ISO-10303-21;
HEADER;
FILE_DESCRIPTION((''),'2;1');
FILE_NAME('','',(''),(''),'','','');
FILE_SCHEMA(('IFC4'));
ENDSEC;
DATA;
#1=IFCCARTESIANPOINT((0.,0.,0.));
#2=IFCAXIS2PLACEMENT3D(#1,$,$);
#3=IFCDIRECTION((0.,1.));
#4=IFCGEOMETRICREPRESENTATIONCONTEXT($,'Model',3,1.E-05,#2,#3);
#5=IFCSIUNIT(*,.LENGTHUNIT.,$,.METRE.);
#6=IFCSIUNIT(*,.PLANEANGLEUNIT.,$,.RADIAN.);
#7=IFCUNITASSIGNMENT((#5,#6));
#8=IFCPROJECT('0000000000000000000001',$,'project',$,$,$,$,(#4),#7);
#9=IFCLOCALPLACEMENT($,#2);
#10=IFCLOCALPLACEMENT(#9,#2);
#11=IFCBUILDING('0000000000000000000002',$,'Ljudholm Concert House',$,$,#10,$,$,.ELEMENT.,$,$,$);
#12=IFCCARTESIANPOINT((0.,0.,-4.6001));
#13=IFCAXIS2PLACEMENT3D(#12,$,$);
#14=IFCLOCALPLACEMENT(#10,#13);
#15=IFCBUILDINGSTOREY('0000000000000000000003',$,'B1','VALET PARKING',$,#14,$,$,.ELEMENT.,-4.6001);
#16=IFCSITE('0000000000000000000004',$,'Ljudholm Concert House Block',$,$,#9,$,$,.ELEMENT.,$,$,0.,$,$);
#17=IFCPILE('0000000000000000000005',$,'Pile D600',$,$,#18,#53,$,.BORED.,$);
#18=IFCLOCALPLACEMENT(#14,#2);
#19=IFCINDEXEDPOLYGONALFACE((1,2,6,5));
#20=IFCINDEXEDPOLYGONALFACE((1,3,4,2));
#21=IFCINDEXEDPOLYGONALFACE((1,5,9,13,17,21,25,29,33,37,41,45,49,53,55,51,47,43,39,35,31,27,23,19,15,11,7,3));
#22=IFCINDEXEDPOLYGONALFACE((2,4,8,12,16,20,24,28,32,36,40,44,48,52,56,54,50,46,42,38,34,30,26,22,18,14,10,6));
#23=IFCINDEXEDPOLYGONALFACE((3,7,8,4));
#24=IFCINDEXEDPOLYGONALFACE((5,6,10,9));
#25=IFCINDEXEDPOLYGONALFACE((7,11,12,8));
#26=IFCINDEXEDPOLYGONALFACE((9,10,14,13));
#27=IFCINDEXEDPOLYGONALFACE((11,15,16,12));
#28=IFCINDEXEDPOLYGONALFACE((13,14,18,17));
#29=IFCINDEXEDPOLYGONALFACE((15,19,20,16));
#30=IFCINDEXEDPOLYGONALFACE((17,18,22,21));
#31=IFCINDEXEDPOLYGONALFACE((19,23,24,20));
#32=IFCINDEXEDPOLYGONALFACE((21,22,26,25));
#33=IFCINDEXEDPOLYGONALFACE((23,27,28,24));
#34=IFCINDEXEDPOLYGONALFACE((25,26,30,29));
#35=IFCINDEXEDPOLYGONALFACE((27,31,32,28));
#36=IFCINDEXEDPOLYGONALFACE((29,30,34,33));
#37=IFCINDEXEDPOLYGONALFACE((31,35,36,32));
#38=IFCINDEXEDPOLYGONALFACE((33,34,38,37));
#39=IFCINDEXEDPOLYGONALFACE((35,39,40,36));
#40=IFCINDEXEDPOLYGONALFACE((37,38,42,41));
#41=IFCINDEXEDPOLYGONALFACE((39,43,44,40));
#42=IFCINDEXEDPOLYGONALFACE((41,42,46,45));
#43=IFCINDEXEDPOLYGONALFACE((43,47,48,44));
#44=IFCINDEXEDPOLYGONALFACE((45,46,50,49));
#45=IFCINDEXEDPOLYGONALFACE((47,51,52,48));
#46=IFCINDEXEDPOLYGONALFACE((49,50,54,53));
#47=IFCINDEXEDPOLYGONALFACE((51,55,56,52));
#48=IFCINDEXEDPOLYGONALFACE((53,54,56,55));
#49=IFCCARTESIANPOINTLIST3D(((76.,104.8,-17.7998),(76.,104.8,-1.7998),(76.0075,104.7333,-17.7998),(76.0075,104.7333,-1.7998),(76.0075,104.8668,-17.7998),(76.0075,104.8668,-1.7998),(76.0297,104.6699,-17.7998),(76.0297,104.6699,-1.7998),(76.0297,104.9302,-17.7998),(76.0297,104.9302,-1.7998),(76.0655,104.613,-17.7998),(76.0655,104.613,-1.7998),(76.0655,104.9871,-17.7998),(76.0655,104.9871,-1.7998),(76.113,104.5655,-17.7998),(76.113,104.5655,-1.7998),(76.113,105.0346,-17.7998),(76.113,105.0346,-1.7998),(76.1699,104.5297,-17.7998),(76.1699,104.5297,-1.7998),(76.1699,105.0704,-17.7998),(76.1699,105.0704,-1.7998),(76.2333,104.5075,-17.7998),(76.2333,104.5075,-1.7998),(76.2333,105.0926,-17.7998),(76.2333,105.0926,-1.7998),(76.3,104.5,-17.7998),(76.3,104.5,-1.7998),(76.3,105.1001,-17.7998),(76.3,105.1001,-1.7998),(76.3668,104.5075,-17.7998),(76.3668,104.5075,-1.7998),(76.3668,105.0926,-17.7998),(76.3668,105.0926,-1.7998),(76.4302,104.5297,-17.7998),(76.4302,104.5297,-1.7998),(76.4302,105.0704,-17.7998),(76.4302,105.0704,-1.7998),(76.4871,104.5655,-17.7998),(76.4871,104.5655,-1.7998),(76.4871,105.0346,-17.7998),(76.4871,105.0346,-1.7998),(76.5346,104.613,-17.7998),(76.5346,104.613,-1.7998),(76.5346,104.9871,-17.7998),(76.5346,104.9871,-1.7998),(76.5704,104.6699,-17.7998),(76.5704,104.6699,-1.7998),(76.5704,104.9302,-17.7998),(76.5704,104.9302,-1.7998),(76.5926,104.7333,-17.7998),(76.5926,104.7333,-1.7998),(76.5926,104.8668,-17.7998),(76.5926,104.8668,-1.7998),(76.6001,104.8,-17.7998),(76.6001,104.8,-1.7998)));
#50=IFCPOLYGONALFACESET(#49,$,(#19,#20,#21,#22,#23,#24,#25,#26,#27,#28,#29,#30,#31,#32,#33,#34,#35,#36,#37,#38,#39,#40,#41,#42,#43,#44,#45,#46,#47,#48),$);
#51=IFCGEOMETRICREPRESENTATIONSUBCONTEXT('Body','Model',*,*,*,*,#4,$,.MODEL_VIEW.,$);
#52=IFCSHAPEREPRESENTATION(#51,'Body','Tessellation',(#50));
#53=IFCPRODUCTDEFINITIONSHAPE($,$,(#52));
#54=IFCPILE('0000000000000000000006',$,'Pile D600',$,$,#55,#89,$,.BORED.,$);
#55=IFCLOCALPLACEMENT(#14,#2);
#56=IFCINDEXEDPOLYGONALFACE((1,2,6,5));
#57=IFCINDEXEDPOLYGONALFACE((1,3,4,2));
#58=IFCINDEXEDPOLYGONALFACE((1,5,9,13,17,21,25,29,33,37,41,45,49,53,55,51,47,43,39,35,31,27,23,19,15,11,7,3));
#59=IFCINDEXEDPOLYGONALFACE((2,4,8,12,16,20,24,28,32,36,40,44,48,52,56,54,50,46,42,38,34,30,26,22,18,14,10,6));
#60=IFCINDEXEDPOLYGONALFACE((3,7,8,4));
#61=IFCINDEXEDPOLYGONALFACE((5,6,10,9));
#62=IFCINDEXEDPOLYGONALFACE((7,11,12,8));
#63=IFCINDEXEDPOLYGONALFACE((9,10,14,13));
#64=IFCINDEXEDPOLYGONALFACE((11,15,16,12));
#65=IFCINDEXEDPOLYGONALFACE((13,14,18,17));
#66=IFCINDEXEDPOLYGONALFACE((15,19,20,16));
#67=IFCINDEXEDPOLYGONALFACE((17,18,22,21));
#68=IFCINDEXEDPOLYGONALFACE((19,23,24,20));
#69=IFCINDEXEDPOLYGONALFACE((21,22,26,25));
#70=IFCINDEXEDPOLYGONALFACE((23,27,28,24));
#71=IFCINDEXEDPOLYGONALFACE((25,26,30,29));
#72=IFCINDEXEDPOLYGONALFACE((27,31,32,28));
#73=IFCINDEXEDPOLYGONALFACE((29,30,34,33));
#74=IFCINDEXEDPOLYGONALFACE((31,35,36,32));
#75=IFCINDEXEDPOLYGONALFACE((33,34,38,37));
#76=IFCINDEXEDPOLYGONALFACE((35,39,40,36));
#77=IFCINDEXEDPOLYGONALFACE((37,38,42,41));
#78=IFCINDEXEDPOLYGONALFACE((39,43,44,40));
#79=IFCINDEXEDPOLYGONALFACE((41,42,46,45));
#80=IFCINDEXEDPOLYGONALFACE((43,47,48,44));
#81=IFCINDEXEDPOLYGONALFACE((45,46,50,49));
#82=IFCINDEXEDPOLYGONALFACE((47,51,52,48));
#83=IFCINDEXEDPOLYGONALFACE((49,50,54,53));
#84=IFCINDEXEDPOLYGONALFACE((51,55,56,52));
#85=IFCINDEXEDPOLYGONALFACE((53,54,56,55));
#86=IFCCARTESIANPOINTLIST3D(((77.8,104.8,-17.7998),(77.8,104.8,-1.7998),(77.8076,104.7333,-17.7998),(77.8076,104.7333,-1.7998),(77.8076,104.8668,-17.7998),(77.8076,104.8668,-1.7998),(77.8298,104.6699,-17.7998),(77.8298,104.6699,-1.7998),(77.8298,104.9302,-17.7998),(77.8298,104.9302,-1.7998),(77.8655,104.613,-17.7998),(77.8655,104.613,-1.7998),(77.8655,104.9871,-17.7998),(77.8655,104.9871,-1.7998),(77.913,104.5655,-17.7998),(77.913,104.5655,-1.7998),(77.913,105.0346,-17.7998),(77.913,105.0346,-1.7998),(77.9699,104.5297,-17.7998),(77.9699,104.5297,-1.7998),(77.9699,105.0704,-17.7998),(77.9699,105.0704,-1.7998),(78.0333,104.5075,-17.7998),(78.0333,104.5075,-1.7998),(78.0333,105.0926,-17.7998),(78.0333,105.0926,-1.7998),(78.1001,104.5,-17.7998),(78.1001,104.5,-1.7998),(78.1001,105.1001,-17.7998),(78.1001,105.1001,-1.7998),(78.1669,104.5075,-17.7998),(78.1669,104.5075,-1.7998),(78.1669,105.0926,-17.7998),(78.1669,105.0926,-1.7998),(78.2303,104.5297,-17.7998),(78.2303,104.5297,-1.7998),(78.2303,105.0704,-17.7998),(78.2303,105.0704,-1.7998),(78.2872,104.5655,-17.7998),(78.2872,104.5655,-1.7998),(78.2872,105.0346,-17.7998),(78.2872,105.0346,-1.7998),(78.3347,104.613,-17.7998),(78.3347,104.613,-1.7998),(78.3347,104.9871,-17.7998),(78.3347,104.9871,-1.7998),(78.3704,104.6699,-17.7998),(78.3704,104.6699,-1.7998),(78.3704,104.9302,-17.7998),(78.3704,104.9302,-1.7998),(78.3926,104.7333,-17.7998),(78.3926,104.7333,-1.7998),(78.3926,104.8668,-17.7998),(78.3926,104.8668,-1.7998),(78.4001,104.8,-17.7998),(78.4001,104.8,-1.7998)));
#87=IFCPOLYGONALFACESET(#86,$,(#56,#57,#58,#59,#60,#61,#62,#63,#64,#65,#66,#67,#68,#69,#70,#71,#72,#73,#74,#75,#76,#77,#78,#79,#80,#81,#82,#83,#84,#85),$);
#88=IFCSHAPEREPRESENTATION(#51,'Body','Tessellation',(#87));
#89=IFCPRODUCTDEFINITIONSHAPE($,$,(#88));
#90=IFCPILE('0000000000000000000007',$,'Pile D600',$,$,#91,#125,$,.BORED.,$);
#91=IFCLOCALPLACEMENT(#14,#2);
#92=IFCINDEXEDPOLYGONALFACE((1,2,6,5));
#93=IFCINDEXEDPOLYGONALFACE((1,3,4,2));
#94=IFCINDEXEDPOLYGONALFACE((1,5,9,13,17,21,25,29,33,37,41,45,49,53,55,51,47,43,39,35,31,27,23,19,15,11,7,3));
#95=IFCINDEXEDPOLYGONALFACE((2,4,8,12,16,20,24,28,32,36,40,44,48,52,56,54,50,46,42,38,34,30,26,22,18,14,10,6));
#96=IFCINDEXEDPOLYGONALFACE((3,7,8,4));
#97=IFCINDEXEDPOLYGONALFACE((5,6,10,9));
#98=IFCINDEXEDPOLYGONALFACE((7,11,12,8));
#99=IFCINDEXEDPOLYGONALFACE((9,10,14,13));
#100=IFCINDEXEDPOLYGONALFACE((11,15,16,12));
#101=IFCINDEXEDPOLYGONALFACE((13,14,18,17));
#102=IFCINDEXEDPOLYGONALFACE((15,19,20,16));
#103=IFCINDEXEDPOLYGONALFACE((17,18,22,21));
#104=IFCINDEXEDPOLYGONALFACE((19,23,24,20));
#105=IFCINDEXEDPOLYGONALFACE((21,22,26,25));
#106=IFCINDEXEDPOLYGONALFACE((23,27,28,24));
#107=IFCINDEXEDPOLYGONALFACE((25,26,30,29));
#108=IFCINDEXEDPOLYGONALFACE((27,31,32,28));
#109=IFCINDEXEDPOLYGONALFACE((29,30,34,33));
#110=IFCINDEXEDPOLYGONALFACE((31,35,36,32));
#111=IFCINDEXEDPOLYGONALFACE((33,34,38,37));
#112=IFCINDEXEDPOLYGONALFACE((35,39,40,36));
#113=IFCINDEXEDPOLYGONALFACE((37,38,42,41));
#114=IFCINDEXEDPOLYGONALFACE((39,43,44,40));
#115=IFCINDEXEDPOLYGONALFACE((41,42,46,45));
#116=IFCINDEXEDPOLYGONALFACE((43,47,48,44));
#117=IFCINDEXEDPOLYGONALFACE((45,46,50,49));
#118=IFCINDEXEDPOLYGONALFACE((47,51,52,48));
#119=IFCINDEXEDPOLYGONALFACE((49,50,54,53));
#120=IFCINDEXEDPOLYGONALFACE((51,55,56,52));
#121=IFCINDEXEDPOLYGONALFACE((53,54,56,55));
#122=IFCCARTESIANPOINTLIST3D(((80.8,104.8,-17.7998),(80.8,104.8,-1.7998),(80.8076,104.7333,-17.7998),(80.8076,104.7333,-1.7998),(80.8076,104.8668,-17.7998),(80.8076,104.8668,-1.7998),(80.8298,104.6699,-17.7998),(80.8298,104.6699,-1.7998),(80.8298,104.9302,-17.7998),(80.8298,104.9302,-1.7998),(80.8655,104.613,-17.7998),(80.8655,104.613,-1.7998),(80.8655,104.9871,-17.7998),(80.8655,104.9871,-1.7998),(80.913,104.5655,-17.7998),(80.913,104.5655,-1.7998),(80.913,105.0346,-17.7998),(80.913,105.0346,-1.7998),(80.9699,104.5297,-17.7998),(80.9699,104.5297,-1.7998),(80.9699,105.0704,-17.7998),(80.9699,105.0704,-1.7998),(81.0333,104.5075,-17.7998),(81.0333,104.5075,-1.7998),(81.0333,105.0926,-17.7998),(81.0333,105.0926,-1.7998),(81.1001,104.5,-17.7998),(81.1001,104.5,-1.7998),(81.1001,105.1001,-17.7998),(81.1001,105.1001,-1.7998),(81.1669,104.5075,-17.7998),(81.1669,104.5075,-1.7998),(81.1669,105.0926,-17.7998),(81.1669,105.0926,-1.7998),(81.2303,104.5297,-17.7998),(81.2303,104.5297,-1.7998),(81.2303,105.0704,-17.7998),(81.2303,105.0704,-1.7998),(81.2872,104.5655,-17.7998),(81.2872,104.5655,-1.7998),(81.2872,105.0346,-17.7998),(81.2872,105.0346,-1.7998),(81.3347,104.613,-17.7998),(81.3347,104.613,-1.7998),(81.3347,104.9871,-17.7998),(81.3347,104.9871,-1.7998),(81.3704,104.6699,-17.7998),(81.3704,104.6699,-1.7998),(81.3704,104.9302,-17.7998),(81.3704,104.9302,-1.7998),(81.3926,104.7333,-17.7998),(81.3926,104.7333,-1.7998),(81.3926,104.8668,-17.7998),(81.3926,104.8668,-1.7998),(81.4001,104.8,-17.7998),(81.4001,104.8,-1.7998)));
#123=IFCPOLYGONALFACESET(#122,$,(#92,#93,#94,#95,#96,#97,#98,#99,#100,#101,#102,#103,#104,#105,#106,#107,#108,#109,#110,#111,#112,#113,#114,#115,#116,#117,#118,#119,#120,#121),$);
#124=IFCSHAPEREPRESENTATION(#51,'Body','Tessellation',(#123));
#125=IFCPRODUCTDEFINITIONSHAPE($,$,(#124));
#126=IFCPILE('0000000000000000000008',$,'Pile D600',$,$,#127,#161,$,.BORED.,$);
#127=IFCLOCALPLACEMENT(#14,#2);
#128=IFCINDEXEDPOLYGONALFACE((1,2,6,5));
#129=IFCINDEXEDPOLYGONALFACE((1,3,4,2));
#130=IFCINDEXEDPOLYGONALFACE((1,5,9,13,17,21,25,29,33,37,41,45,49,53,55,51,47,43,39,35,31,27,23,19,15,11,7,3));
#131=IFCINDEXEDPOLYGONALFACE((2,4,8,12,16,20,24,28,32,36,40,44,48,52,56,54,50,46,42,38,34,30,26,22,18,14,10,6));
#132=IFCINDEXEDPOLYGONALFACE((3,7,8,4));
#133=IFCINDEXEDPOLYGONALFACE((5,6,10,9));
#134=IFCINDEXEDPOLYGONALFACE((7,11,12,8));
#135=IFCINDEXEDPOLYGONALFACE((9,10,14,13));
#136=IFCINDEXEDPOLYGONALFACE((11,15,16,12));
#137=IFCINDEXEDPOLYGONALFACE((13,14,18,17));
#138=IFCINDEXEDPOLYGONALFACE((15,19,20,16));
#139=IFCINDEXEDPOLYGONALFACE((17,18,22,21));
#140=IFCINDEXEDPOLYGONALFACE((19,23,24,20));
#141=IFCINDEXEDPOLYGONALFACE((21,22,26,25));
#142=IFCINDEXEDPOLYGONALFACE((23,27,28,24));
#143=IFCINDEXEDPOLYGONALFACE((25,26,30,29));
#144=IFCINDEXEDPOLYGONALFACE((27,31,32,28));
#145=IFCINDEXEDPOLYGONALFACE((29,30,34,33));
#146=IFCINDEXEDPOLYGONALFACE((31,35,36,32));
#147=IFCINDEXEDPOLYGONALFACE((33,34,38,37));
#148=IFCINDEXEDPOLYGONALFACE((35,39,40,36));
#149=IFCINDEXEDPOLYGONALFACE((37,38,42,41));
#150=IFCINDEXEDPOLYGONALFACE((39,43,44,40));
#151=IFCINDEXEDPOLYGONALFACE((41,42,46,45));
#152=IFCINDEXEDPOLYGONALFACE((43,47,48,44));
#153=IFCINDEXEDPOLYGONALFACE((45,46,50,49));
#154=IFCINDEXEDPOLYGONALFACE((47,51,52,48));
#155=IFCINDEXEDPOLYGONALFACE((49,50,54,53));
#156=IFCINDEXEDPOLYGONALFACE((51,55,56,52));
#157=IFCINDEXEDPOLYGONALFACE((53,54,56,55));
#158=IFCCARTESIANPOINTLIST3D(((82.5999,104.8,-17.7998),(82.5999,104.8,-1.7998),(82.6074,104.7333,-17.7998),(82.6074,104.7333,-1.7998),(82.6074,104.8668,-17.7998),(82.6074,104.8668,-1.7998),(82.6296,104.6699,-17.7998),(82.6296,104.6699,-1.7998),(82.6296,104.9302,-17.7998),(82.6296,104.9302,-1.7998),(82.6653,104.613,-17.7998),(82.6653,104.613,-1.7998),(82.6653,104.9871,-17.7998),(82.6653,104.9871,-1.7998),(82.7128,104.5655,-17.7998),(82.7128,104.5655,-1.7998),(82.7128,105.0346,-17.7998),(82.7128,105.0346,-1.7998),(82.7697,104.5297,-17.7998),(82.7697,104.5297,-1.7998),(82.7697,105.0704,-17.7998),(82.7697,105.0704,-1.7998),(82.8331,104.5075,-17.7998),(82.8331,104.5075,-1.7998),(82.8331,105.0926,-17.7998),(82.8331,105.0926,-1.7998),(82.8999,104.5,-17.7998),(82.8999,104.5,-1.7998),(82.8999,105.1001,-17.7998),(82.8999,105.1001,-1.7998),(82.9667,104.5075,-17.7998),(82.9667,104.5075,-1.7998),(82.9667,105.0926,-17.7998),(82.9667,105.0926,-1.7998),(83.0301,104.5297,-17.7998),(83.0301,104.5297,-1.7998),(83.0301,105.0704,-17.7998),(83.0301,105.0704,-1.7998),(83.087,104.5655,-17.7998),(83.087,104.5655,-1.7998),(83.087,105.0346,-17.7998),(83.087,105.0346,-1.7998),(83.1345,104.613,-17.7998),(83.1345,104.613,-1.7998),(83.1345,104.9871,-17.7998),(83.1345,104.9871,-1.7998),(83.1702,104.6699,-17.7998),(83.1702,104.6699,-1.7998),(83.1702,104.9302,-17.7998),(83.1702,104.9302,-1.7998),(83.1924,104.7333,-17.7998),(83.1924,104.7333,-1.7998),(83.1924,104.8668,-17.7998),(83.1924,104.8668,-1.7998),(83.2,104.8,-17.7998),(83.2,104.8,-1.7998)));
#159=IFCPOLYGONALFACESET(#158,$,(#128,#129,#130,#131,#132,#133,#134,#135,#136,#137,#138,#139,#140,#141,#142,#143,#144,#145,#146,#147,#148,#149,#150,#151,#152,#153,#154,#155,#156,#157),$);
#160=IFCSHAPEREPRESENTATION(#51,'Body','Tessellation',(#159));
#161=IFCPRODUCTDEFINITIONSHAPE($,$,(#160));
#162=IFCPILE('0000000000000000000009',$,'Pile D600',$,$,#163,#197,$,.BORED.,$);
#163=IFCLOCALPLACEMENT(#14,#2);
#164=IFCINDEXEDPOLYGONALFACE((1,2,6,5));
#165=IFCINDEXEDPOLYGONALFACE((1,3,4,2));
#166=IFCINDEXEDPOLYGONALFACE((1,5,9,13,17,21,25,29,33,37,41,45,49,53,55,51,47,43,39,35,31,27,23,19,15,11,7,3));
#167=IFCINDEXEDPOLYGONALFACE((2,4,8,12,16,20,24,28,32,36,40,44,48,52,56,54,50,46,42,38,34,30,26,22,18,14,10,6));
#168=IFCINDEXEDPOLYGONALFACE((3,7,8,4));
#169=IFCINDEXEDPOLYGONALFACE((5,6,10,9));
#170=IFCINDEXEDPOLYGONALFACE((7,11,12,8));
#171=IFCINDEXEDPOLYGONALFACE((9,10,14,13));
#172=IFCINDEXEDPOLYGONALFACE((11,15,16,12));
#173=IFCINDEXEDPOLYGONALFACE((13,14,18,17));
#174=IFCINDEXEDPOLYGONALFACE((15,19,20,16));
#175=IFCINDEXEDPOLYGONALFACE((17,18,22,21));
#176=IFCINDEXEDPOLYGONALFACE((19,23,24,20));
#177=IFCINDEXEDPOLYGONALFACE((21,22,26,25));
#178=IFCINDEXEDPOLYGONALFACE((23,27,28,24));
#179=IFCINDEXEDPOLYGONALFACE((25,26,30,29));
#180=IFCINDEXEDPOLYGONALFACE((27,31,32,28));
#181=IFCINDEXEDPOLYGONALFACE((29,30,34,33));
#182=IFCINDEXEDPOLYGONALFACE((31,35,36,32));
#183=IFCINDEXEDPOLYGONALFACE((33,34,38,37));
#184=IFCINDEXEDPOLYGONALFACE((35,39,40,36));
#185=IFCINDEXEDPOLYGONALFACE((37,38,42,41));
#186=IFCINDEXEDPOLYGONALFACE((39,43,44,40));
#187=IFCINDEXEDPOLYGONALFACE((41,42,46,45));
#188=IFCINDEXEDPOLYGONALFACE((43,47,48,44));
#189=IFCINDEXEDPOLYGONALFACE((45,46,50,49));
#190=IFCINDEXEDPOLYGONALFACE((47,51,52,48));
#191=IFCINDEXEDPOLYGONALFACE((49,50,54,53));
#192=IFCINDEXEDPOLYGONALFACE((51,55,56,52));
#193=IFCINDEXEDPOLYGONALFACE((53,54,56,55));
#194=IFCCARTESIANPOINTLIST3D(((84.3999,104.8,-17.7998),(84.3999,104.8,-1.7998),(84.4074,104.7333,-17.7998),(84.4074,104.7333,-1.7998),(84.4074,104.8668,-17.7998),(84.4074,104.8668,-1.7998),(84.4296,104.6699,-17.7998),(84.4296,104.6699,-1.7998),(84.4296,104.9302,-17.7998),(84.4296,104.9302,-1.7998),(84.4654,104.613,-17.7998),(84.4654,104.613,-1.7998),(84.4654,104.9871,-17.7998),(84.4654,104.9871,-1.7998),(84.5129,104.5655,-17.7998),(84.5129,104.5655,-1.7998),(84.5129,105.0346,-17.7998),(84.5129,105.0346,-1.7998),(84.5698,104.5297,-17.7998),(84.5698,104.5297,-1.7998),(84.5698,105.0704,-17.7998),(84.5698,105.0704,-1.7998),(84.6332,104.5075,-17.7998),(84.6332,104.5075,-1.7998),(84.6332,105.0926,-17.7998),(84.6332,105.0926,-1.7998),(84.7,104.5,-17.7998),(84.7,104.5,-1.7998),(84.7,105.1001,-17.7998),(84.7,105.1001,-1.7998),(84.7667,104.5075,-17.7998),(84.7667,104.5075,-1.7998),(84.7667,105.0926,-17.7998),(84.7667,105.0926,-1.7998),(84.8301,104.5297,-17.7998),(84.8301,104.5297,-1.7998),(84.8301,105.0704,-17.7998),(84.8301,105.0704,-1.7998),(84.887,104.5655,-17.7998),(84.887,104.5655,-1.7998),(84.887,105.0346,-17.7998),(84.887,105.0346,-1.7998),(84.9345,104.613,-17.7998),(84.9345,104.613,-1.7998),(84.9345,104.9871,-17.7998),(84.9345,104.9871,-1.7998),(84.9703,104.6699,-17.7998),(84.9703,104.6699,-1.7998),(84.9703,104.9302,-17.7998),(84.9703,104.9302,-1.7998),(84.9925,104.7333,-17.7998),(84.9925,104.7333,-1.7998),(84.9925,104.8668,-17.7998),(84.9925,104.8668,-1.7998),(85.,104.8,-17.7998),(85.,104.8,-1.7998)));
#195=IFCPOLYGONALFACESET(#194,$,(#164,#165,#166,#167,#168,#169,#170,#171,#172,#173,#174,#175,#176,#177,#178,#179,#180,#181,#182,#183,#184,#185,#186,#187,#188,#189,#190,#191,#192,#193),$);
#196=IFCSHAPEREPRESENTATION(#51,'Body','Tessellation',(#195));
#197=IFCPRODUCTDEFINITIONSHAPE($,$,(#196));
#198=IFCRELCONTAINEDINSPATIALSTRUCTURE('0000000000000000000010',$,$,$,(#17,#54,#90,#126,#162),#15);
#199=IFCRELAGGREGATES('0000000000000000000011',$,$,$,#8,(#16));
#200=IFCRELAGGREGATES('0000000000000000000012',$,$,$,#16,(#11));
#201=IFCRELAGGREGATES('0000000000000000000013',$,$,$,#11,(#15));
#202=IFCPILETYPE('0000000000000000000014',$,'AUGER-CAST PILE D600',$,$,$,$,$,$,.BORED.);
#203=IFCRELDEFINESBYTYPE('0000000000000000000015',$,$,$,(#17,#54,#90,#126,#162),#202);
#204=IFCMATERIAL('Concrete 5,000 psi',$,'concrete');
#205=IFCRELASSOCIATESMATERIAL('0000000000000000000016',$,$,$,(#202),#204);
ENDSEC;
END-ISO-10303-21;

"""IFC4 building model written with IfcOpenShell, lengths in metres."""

from ifc_helpers import new_model, si_unit, direction, frame, origin, origin_2d, place, context, subcontext, project, spatial, circle, extrude, material, material_profile, profile_set, type_object, element, save


model = new_model("IFC4")

# Units and contexts
model_context = context("Model", 3, precision=1e-05, world=origin(), true_north=direction((0.0, 1.0)))
body_context = subcontext(model_context, "Body", "Model", "MODEL_VIEW")
ifc_project = project(units=[si_unit("LENGTHUNIT", "METRE"), si_unit("PLANEANGLEUNIT", "RADIAN")], contexts=[model_context])

# Site, building, storey
site_placement = place(None, origin())
site = spatial("IfcSite", under=ifc_project, at=site_placement, Name="Ljudholm Concert House Block", CompositionType="ELEMENT", RefElevation=0.0)
building_placement = place(site_placement, origin())
building = spatial("IfcBuilding", under=site, at=building_placement, Name="Ljudholm Concert House", CompositionType="ELEMENT")
storey_placement = place(building_placement, frame((0.0, 0.0, -4.6001)))
storey = spatial("IfcBuildingStorey", under=building, at=storey_placement, Name="B1", Description="VALET PARKING", CompositionType="ELEMENT", Elevation=-4.6001)

# Piles
ifc_material_1 = material(Name="Concrete 5,000 psi", Category="concrete")
ifc_material_profile_1 = material_profile(ifc_material_1, circle(Radius=0.3, at=origin_2d()), Name="AUGER-CAST PILE D600")
ifc_profile_set_1 = profile_set([ifc_material_profile_1], Name="Concrete 5,000 psi")
pile_type = type_object("IfcPileType", Name="AUGER-CAST PILE D600", PredefinedType="BORED", material=ifc_profile_set_1)
for number, where, z_axis, x_axis, name in (
    (1, (76.3, 104.8, -1.7998), (0.0, 0.0, -1.0), (1.0, 0.0, 0.0), "Pile D600"),
    (2, (78.1001, 104.8, -1.7998), (0.0, 0.0, -1.0), (1.0, 0.0, 0.0), "Pile D600"),
    (3, (81.1001, 104.8, -1.7998), (0.0, 0.0, -1.0), (1.0, 0.0, 0.0), "Pile D600"),
    (4, (82.8999, 104.8, -1.7998), (0.0, 0.0, -1.0), (1.0, 0.0, 0.0), "Pile D600"),
    (5, (84.7, 104.8, -1.7998), (0.0, 0.0, -1.0), (1.0, 0.0, 0.0), "Pile D600"),
):
    element("IfcPile", number, at=place(storey_placement, frame(where, z_axis=z_axis, x_axis=x_axis)), inside=storey, type_object=pile_type, Name=name, PredefinedType="BORED", context=body_context, shape_type="SweptSolid", body=[
        extrude(circle(Radius=0.3, at=origin_2d()), origin(), (0.0, 0.0, 1.0), 16.0),
    ])

save(model, "model.ifc")
